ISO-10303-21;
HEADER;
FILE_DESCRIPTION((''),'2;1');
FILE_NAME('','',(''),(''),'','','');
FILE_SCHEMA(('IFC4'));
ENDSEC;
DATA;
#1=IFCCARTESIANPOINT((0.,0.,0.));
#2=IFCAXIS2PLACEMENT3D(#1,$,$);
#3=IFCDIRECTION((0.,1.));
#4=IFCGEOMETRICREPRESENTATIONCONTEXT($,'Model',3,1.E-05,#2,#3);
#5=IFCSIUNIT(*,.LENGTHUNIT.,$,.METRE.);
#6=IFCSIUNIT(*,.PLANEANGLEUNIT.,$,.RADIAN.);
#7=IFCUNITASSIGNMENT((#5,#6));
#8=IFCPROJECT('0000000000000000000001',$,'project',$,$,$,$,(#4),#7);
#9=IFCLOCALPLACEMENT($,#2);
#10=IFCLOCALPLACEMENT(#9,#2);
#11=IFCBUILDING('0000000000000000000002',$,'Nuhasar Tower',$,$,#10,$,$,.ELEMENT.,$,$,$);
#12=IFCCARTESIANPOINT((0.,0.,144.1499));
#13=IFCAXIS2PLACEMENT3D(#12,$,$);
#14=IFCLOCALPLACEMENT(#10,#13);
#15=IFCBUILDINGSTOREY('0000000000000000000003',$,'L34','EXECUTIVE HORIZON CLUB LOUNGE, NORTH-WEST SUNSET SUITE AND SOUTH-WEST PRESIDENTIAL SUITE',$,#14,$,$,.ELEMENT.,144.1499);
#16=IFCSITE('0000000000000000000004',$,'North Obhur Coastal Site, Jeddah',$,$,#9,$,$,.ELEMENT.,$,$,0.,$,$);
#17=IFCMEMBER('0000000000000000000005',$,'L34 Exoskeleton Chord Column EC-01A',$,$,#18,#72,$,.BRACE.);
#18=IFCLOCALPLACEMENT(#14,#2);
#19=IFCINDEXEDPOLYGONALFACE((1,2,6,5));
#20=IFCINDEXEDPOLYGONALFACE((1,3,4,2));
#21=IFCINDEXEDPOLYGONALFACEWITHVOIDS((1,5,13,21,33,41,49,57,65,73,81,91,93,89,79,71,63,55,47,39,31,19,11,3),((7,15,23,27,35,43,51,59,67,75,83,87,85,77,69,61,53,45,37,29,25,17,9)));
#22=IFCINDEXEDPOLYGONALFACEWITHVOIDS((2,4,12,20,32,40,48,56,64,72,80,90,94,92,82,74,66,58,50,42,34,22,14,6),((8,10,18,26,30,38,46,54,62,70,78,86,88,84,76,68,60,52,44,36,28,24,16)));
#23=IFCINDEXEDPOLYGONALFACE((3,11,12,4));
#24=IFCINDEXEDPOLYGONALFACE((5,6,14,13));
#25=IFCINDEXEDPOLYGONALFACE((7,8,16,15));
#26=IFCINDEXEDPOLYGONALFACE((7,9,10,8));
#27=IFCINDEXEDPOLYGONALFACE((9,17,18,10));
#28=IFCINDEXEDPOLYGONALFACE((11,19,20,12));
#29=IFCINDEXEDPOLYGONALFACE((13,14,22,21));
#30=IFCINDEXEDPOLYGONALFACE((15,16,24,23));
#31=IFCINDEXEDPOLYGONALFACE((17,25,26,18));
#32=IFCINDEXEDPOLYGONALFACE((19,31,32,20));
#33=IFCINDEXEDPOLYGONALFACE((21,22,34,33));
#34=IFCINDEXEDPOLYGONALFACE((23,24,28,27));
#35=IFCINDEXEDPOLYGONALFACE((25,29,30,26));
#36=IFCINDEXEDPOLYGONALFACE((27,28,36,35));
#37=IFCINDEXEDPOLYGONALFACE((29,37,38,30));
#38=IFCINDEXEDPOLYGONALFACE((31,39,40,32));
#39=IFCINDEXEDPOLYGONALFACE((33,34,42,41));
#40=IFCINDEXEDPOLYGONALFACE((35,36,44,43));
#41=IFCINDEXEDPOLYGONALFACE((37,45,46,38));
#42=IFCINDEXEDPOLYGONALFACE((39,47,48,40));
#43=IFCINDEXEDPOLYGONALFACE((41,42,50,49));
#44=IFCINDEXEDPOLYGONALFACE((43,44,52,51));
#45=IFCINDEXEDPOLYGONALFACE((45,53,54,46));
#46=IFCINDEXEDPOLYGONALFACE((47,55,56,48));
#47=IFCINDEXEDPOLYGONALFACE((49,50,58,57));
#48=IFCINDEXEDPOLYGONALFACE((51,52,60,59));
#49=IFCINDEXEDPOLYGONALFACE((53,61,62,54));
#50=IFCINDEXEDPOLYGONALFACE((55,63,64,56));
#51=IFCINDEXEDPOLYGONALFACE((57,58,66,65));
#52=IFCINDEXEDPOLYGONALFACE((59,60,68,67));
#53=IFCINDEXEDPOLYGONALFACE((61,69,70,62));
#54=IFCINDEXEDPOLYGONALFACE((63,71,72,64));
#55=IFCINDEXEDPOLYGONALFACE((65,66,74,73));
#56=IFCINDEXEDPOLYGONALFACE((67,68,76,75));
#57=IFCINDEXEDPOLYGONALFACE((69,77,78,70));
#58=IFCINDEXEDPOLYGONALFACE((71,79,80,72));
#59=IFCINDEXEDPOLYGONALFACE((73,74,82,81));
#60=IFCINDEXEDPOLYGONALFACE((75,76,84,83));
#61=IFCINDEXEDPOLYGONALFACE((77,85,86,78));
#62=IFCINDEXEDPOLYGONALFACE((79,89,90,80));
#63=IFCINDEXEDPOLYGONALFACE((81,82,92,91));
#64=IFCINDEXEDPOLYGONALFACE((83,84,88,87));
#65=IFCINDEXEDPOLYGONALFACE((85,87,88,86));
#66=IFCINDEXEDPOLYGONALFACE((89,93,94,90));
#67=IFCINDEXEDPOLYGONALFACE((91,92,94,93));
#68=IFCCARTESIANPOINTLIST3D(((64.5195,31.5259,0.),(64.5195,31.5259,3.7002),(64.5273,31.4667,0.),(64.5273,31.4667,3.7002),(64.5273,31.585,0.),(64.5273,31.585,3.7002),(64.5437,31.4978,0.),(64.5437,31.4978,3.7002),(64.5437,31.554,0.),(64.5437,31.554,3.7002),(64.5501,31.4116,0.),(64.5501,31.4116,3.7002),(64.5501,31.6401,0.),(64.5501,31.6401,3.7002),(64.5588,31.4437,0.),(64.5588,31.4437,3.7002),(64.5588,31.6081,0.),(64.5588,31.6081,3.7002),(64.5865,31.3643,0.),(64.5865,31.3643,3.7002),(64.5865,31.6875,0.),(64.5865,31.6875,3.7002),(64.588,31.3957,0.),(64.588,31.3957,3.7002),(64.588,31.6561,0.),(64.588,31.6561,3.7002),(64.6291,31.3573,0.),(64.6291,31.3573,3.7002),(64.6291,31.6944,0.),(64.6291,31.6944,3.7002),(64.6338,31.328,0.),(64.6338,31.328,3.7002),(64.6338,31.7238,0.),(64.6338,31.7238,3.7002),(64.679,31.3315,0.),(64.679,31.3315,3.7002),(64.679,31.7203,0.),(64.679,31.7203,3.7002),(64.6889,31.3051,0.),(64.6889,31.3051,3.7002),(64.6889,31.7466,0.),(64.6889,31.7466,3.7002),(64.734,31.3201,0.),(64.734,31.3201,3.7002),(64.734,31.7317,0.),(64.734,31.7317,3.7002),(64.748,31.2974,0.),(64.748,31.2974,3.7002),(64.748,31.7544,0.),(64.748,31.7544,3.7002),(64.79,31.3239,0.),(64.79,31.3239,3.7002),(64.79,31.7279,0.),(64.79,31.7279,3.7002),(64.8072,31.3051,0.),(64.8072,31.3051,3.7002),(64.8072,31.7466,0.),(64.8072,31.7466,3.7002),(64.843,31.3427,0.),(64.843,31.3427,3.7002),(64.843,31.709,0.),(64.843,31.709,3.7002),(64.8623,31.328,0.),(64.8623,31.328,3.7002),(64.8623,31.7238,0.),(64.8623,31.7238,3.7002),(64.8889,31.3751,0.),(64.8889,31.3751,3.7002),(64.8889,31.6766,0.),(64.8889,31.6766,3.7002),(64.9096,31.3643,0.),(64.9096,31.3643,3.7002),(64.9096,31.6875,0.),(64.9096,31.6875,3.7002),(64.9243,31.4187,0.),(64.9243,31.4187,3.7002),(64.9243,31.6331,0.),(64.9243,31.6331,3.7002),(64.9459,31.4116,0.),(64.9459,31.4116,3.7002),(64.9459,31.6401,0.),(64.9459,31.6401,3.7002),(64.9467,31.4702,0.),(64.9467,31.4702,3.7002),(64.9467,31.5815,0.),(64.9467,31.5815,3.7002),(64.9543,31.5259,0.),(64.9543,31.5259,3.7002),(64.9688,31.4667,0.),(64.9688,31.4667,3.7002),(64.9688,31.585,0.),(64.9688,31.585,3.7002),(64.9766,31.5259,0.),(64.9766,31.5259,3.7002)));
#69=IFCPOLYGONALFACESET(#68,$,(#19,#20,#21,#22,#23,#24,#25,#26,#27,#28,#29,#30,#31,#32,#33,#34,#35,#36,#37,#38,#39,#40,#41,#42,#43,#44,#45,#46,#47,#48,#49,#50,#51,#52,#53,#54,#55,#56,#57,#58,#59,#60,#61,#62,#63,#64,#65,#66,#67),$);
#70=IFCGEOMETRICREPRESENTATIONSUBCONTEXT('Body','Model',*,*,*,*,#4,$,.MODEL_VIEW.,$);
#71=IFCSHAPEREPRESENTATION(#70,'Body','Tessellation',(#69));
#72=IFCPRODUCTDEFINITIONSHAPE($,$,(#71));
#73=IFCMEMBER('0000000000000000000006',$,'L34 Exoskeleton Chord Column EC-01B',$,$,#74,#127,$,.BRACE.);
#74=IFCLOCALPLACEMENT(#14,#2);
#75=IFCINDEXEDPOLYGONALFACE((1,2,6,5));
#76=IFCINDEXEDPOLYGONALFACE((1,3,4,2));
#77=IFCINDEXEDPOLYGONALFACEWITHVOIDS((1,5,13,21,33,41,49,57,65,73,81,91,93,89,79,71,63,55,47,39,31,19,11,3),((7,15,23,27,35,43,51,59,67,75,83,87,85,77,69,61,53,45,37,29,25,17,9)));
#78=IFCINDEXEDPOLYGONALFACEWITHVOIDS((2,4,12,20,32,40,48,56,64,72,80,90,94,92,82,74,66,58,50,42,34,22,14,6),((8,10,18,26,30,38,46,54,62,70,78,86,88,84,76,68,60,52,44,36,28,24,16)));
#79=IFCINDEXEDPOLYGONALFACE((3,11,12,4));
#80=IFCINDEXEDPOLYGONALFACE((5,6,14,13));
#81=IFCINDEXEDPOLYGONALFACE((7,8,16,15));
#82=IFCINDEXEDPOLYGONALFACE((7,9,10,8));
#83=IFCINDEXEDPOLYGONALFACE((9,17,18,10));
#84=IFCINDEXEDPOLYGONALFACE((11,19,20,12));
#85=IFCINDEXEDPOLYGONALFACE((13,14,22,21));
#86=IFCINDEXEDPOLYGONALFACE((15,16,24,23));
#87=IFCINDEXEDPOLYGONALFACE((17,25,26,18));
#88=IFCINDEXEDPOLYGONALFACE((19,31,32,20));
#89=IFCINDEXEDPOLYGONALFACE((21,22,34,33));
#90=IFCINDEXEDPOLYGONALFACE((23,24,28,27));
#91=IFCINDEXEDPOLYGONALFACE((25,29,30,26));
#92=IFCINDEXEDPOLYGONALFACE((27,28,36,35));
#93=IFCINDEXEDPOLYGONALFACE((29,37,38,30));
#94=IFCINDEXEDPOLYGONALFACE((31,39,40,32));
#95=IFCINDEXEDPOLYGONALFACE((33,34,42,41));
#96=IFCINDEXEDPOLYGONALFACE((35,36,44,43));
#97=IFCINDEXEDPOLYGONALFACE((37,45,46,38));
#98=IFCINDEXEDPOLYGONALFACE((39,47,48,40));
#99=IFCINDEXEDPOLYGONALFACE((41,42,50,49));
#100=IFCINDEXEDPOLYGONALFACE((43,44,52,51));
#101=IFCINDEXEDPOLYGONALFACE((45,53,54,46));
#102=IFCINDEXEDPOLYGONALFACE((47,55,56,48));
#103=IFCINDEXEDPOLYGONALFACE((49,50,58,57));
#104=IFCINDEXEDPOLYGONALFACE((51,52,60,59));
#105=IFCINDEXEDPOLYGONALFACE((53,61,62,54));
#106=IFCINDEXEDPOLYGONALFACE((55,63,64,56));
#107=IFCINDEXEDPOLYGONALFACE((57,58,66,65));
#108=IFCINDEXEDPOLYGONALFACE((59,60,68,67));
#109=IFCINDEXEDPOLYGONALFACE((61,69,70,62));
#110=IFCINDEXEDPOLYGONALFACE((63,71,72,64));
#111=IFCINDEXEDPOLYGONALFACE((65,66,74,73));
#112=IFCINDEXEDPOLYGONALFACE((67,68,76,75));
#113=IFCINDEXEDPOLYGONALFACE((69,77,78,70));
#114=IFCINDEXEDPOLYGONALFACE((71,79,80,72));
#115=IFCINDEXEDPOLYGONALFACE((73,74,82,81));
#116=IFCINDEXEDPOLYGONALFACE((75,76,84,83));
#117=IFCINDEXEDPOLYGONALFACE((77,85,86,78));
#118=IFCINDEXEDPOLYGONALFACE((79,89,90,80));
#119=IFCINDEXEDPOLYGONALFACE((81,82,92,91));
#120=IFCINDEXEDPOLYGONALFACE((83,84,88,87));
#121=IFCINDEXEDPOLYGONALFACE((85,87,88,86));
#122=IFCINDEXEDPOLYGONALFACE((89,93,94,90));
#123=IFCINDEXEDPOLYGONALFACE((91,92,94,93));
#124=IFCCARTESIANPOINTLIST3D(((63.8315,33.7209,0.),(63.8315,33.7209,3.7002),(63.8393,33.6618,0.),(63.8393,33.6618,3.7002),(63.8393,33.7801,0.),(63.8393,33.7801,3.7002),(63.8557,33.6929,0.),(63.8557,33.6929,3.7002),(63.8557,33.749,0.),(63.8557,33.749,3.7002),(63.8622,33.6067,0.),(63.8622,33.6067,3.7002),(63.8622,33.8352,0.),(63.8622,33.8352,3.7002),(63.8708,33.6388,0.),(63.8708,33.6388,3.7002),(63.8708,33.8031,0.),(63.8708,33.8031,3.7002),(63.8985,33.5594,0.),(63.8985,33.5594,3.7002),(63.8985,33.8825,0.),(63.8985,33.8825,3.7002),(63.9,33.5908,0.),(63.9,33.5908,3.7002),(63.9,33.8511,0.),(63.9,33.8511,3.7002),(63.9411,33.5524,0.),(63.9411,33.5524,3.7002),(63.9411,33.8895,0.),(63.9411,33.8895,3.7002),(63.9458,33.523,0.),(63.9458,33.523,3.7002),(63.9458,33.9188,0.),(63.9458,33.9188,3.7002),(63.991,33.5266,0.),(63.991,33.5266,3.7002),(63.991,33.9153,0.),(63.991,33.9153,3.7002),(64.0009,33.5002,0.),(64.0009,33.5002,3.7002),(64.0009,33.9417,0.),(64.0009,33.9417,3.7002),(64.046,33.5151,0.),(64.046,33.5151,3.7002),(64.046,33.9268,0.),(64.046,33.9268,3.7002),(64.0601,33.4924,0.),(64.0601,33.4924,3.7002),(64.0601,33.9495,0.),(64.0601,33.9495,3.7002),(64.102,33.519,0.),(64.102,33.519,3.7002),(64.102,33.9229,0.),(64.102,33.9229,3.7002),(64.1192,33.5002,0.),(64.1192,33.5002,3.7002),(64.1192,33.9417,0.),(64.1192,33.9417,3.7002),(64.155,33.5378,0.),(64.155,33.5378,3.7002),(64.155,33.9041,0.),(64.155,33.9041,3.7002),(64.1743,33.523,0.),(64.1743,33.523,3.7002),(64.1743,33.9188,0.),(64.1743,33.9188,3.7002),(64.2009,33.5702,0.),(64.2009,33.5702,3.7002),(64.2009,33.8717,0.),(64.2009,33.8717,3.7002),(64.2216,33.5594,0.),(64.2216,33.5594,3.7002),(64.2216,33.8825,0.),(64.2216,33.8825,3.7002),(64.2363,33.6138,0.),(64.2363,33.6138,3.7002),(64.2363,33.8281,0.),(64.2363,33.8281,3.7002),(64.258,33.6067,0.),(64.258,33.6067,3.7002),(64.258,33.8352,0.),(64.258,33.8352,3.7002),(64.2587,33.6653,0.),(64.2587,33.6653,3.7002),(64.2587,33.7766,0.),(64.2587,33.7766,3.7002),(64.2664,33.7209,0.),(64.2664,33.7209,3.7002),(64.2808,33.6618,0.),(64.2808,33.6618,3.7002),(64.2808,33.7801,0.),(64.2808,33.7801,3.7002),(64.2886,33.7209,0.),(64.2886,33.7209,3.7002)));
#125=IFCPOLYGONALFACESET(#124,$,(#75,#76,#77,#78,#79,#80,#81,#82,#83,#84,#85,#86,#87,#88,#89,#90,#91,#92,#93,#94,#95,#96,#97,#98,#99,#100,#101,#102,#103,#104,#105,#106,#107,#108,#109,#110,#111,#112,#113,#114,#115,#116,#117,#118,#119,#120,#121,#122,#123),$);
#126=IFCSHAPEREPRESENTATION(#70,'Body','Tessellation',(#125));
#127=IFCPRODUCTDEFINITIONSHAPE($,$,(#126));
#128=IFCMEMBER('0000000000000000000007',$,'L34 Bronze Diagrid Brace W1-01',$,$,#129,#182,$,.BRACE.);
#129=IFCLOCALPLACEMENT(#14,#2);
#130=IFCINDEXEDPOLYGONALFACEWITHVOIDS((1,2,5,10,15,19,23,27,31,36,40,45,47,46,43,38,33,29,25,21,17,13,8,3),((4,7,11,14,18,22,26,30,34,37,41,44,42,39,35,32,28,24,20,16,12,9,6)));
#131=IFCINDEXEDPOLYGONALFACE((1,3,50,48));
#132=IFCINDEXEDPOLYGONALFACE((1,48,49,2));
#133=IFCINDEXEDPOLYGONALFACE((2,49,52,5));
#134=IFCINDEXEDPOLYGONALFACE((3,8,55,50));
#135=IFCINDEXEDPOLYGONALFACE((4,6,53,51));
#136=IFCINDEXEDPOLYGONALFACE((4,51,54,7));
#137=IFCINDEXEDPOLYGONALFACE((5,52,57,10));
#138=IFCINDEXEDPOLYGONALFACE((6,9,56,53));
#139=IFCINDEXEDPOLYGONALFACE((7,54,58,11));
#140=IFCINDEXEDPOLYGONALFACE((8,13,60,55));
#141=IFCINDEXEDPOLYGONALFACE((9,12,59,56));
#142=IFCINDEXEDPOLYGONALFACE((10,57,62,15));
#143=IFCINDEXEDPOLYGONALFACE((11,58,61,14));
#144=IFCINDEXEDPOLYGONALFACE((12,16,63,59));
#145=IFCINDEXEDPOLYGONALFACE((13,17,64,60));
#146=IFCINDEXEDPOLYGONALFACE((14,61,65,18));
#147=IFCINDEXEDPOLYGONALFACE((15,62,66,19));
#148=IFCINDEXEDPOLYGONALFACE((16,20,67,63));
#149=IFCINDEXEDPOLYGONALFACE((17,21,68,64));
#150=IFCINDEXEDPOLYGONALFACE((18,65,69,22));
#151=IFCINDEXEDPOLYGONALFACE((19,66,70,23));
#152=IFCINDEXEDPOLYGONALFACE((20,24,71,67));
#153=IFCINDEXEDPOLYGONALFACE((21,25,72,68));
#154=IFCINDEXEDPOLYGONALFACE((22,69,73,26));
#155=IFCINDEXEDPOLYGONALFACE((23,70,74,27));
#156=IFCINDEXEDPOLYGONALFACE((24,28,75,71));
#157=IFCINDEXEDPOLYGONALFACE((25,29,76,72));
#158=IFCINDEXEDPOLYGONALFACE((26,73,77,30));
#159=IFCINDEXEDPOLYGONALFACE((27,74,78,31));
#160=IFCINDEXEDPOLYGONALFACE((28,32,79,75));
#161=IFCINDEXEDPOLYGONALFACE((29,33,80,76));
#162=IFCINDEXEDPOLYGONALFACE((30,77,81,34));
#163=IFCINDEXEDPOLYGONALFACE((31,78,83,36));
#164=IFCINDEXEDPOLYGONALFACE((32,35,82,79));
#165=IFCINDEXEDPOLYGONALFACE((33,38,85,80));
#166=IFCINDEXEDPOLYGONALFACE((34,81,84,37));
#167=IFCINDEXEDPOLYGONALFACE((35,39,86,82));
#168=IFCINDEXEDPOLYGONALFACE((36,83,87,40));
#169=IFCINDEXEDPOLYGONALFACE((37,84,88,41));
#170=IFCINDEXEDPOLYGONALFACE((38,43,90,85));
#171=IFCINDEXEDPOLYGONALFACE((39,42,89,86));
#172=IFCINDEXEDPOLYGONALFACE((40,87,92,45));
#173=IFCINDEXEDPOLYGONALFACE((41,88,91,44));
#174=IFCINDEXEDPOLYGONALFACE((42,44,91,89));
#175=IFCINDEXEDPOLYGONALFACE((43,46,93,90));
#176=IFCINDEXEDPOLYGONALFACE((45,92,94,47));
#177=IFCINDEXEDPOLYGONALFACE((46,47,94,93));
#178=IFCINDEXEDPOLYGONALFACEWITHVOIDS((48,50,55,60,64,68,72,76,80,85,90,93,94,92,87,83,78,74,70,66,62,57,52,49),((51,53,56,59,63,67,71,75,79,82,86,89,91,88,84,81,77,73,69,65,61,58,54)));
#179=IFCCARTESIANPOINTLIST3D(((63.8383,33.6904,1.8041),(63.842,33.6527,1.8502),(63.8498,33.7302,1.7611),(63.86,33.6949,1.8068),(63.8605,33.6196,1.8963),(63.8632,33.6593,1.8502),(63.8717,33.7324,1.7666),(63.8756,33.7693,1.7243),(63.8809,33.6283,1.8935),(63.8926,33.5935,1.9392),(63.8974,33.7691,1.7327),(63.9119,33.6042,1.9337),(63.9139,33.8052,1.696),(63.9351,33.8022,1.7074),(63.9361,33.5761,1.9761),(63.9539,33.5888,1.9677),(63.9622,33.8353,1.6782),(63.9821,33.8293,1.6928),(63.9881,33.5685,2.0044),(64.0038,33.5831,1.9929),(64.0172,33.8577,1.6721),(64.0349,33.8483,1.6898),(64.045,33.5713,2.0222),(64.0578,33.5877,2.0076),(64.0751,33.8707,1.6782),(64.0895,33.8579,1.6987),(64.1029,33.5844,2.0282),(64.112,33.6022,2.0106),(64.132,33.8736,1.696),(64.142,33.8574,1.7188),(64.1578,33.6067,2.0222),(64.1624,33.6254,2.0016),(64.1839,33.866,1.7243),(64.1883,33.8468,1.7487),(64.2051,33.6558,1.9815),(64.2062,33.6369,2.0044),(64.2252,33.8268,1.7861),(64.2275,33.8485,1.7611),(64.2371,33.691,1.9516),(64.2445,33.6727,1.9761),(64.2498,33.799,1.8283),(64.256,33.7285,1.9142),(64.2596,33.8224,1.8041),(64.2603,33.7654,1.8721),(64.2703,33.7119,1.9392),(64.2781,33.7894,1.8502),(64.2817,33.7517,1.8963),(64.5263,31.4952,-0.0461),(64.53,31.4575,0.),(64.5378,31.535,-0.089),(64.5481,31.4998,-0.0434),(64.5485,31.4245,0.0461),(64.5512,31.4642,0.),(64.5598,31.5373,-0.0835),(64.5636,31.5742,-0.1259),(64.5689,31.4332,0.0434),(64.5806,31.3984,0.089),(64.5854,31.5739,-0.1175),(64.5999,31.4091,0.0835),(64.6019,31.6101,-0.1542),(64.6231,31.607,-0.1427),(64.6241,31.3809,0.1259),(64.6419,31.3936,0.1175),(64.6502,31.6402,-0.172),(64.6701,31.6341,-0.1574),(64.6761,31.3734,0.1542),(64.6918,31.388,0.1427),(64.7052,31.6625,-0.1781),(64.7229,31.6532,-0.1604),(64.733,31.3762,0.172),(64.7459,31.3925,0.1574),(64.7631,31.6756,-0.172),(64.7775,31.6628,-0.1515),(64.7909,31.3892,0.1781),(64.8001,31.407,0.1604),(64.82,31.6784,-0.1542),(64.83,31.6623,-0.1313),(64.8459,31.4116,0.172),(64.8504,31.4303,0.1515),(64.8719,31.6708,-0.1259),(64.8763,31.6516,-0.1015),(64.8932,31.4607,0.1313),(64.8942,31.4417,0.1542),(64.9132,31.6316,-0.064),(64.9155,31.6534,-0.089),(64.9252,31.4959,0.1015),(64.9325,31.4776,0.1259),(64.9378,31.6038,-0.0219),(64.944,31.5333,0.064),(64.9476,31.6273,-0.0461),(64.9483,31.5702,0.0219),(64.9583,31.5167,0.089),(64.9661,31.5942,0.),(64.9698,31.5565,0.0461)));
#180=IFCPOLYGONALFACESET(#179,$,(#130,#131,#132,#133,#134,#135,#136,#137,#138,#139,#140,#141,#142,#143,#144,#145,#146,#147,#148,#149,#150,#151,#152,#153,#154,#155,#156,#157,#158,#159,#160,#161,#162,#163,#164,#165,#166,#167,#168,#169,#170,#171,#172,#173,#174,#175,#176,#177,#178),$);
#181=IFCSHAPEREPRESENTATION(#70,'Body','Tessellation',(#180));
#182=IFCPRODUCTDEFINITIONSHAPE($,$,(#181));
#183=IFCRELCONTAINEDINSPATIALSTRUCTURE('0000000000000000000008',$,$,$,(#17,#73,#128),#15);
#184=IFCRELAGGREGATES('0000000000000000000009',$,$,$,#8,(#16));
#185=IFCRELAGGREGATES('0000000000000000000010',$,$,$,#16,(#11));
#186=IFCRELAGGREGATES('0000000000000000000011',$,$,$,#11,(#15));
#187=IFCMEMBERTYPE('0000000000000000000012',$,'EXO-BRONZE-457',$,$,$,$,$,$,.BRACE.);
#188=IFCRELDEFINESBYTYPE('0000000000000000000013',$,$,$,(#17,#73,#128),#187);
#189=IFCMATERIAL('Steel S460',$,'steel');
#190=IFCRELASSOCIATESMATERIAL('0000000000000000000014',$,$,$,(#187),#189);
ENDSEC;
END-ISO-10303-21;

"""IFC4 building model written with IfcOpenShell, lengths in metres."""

from ifc_helpers import new_model, si_unit, direction, frame, origin, origin_2d, place, context, subcontext, project, spatial, hollow_circle, extrude, material, material_profile, profile_set, type_object, element, save


model = new_model("IFC4")

# Units and contexts
model_context = context("Model", 3, precision=1e-05, world=origin(), true_north=direction((0.0, 1.0)))
body_context = subcontext(model_context, "Body", "Model", "MODEL_VIEW")
ifc_project = project(units=[si_unit("LENGTHUNIT", "METRE"), si_unit("PLANEANGLEUNIT", "RADIAN")], contexts=[model_context])

# Site, building, storey
site_placement = place(None, origin())
site = spatial("IfcSite", under=ifc_project, at=site_placement, Name="North Obhur Coastal Site, Jeddah", CompositionType="ELEMENT", RefElevation=0.0)
building_placement = place(site_placement, origin())
building = spatial("IfcBuilding", under=site, at=building_placement, Name="Nuhasar Tower", CompositionType="ELEMENT")
storey_placement = place(building_placement, frame((0.0, 0.0, 144.1499)))
storey = spatial("IfcBuildingStorey", under=building, at=storey_placement, Name="L34", Description="EXECUTIVE HORIZON CLUB LOUNGE, NORTH-WEST SUNSET SUITE AND SOUTH-WEST PRESIDENTIAL SUITE", CompositionType="ELEMENT", Elevation=144.1499)

# Members
ifc_material_1 = material(Name="Steel S460", Category="steel")
ifc_material_profile_1 = material_profile(ifc_material_1, hollow_circle(Radius=0.2285, WallThickness=0.0222, at=origin_2d()), Name="HSS457X22.2")
ifc_profile_set_1 = profile_set([ifc_material_profile_1], Name="Steel S460")
member_type_1 = type_object("IfcMemberType", Name="EXO-BRONZE-457", PredefinedType="BRACE", material=ifc_profile_set_1)
for number, where, z_axis, x_axis, name in (
    (1, (64.748, 31.5259, 0.0), (0.0, 0.0, 1.0), (1.0, 0.0, 0.0), "L34 Exoskeleton Chord Column EC-01A"),
    (2, (64.0601, 33.7209, 0.0), (0.0, 0.0, 1.0), (1.0, 0.0, 0.0), "L34 Exoskeleton Chord Column EC-01B"),
):
    element("IfcMember", number, at=place(storey_placement, frame(where, z_axis=z_axis, x_axis=x_axis)), inside=storey, type_object=member_type_1, Name=name, PredefinedType="BRACE", context=body_context, shape_type="SweptSolid", body=[
        extrude(hollow_circle(Radius=0.2285, WallThickness=0.0222, at=origin_2d()), origin(), (0.0, 0.0, 1.0), 3.7002),
    ])
for number, where, z_axis, x_axis, name in (
    (3, (64.748, 31.5259, 0.0), (-0.233056, 0.743578, 0.626719), (-0.954228, -0.299079, 0.0), "L34 Bronze Diagrid Brace W1-01"),
):
    element("IfcMember", number, at=place(storey_placement, frame(where, z_axis=z_axis, x_axis=x_axis)), inside=storey, type_object=member_type_1, Name=name, PredefinedType="BRACE", context=body_context, shape_type="SweptSolid", body=[
        extrude(hollow_circle(Radius=0.2285, WallThickness=0.0222, at=origin_2d()), origin(), (0.0, 0.0, 1.0), 2.9521),
    ])

save(model, "model.ifc")
